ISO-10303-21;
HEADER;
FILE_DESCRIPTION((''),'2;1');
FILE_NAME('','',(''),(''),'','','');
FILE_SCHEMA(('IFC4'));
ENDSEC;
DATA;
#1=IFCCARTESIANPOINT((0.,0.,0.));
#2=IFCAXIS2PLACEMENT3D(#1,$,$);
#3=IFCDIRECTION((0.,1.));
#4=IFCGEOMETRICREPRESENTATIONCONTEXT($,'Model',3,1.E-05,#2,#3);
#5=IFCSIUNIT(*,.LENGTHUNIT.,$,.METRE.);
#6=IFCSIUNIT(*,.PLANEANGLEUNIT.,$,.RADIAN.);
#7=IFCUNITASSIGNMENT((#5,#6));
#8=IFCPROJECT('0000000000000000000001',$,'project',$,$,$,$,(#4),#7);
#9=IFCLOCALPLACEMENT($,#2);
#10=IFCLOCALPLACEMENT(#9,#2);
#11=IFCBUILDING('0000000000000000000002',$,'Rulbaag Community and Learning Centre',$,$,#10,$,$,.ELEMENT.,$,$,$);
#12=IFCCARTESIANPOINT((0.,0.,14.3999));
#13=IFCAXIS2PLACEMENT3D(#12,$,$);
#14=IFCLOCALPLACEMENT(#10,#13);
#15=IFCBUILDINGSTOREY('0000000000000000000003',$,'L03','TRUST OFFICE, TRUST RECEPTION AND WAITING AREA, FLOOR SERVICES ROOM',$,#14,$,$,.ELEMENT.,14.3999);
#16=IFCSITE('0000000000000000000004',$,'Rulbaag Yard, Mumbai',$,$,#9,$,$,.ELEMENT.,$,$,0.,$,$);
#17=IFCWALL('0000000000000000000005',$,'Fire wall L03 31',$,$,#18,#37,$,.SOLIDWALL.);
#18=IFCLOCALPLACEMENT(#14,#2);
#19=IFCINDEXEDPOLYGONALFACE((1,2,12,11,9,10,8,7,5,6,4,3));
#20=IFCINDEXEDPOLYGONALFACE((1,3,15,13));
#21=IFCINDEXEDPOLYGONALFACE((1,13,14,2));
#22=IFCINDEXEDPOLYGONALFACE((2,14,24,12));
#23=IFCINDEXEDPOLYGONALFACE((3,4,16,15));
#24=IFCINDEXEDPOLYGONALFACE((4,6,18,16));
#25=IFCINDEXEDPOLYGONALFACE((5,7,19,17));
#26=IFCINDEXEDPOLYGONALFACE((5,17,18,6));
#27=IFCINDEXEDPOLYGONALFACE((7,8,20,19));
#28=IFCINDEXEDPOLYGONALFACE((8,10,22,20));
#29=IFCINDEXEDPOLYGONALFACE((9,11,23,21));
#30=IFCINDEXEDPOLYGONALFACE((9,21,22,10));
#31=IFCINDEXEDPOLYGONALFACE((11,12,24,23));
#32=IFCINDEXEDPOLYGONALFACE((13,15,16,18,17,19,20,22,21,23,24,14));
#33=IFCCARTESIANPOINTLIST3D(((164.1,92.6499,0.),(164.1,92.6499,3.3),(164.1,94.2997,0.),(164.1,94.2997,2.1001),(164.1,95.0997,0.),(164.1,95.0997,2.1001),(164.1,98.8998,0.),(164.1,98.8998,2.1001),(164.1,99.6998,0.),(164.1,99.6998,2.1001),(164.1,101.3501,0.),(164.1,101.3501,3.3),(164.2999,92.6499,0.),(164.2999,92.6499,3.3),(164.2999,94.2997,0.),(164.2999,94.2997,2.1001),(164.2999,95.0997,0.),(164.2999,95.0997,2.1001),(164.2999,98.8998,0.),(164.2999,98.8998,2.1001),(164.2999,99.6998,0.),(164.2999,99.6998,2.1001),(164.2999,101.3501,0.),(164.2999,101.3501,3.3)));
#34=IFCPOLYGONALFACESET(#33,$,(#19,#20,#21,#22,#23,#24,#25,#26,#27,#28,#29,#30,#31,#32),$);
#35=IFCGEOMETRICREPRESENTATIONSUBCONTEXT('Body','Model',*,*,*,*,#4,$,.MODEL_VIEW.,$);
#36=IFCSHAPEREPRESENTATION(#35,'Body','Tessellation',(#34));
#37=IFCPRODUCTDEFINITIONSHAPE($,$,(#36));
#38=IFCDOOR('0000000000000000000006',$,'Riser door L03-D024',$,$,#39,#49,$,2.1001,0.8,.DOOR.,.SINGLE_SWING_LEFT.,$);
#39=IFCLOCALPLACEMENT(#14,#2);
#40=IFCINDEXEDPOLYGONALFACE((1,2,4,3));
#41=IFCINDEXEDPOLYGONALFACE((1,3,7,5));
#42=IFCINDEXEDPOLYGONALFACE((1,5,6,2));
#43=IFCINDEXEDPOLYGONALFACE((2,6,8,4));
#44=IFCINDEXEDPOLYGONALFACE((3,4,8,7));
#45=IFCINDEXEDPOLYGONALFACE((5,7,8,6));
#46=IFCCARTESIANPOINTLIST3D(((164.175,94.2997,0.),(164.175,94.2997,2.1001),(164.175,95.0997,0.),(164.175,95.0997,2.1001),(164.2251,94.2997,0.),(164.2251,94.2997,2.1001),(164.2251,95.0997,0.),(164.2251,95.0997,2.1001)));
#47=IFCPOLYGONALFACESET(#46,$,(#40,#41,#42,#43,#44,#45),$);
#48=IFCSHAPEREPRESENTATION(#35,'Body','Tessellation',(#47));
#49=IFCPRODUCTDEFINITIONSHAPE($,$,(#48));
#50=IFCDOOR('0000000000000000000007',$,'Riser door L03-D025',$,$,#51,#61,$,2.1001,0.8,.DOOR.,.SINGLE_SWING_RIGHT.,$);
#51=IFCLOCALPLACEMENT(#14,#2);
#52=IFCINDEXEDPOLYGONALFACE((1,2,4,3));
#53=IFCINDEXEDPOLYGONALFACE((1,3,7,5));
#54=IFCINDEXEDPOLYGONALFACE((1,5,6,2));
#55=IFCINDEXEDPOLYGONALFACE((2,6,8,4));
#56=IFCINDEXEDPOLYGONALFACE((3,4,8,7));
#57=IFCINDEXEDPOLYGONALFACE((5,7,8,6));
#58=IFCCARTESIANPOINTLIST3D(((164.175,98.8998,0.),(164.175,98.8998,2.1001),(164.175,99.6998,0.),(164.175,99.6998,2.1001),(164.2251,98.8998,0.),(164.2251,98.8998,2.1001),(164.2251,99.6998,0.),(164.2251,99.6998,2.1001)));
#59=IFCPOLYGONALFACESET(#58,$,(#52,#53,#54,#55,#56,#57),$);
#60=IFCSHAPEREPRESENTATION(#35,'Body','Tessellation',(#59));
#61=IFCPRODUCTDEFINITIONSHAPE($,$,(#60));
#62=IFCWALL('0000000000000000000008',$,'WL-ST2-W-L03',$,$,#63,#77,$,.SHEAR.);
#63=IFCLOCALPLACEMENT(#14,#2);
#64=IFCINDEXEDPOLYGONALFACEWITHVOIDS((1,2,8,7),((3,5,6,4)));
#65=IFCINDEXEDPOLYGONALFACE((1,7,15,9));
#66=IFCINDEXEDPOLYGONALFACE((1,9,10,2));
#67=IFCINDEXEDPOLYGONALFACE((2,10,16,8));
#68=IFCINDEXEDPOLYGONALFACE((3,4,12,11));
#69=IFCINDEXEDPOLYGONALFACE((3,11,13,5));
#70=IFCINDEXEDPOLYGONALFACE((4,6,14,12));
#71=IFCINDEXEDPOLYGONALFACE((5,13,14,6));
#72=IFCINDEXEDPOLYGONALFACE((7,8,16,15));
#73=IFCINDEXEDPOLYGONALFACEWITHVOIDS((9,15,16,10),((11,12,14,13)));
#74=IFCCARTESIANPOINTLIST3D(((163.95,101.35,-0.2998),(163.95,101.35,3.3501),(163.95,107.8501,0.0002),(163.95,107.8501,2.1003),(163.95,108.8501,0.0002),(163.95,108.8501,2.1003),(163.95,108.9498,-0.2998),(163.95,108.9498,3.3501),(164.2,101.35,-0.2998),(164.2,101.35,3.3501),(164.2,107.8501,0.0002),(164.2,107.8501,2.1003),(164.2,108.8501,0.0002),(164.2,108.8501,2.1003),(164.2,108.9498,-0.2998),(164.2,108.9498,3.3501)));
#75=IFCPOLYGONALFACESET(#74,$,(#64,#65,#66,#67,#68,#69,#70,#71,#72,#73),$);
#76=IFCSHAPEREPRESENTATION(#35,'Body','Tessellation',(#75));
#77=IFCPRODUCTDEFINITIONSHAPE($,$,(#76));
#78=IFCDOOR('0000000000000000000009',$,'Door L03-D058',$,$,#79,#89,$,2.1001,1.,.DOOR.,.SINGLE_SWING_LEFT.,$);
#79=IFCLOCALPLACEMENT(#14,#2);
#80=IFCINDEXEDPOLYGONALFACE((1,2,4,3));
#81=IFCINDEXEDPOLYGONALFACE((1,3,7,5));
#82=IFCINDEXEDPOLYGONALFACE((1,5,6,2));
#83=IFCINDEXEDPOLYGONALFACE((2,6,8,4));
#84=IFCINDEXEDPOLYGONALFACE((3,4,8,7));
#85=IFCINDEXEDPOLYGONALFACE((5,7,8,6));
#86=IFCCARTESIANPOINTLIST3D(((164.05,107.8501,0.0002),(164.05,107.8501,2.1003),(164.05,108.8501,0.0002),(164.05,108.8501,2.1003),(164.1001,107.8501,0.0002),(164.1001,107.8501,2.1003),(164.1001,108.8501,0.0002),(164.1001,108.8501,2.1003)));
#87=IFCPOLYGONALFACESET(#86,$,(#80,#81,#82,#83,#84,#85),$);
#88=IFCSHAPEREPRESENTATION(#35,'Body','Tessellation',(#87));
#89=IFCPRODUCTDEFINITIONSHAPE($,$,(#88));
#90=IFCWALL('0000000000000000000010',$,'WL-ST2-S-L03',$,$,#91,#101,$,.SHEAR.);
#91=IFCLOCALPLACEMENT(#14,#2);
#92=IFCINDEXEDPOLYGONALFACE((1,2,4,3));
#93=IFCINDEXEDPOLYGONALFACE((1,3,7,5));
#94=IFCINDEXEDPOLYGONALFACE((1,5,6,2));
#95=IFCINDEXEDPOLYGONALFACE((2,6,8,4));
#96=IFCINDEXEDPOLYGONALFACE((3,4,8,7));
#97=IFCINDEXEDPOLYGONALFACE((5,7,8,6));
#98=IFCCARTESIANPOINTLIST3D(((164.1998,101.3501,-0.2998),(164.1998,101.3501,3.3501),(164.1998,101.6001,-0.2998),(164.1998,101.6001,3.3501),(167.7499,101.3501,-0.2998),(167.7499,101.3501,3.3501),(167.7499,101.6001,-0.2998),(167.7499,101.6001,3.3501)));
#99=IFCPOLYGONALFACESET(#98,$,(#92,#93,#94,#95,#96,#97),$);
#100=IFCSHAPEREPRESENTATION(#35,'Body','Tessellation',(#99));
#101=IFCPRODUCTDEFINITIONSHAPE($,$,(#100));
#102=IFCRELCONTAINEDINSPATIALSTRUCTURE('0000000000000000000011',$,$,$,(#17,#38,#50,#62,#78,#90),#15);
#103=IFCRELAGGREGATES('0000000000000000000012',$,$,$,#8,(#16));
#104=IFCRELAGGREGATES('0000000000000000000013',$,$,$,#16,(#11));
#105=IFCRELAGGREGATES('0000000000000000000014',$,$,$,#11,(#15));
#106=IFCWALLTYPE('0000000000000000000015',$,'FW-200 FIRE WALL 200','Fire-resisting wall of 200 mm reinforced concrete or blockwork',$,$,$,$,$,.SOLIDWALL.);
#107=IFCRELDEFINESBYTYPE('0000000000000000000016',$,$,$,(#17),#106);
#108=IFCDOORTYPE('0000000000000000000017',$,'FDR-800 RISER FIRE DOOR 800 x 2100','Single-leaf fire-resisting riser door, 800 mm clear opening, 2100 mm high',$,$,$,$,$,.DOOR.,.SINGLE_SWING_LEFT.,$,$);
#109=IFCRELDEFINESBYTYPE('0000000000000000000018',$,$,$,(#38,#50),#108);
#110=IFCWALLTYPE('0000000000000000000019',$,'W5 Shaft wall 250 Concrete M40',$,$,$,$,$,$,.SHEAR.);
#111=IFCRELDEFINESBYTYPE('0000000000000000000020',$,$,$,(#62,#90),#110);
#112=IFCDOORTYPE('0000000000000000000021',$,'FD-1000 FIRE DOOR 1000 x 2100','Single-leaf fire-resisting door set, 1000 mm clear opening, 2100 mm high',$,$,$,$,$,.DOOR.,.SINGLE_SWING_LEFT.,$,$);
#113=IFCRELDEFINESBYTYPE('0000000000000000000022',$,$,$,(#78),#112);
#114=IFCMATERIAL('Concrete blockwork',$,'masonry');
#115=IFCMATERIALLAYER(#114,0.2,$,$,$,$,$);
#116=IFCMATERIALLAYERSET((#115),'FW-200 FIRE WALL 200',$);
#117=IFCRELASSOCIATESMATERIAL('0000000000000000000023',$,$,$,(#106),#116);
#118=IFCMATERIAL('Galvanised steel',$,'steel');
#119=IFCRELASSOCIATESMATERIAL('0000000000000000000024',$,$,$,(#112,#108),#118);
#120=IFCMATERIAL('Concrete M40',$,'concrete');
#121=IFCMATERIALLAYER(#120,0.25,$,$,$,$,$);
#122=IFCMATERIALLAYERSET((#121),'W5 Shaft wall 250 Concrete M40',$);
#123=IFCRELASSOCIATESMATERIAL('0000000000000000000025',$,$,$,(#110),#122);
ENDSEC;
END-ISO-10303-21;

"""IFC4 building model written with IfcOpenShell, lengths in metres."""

from ifc_helpers import new_model, si_unit, direction, frame, frame_2d, origin, place, context, subcontext, project, spatial, rectangle, extrude, material, layer, layer_set, type_object, element, fill, save


model = new_model("IFC4")

# Units and contexts
model_context = context("Model", 3, precision=1e-05, world=origin(), true_north=direction((0.0, 1.0)))
body_context = subcontext(model_context, "Body", "Model", "MODEL_VIEW")
ifc_project = project(units=[si_unit("LENGTHUNIT", "METRE"), si_unit("PLANEANGLEUNIT", "RADIAN")], contexts=[model_context])

# Site, building, storey
site_placement = place(None, origin())
site = spatial("IfcSite", under=ifc_project, at=site_placement, Name="Rulbaag Yard, Mumbai", CompositionType="ELEMENT", RefElevation=0.0)
building_placement = place(site_placement, origin())
building = spatial("IfcBuilding", under=site, at=building_placement, Name="Rulbaag Community and Learning Centre", CompositionType="ELEMENT")
storey_placement = place(building_placement, frame((0.0, 0.0, 14.3999)))
storey = spatial("IfcBuildingStorey", under=building, at=storey_placement, Name="L03", Description="TRUST OFFICE, TRUST RECEPTION AND WAITING AREA, FLOOR SERVICES ROOM", CompositionType="ELEMENT", Elevation=14.3999)

# Shared definitions
ifc_material_1 = material(Name="Concrete blockwork", Category="masonry")
ifc_layer_1 = layer(ifc_material_1, 0.2)
ifc_layer_set_1 = layer_set([ifc_layer_1], Name="FW-200 FIRE WALL 200")
wall_type_1 = type_object("IfcWallType", Name="FW-200 FIRE WALL 200", Description="Fire-resisting wall of 200 mm reinforced concrete or blockwork", PredefinedType="SOLIDWALL", material=ifc_layer_set_1)

# Wall, openings, doors
ifc_material_2 = material(Name="Galvanised steel", Category="steel")
door_type_1 = type_object("IfcDoorType", Name="FD-1000 FIRE DOOR 1000 x 2100", Description="Single-leaf fire-resisting door set, 1000 mm clear opening, 2100 mm high", OperationType="SINGLE_SWING_LEFT", PredefinedType="DOOR", material=ifc_material_2)
door_type_2 = type_object("IfcDoorType", Name="FDR-800 RISER FIRE DOOR 800 x 2100", Description="Single-leaf fire-resisting riser door, 800 mm clear opening, 2100 mm high", OperationType="SINGLE_SWING_LEFT", PredefinedType="DOOR", material=ifc_material_2)
wall_1_placement = place(storey_placement, frame((164.2, 92.6499, 0.0), z_axis=(0.0, 0.0, 1.0), x_axis=(0.0, 1.0, 0.0)))
wall_1 = element("IfcWall", 1, at=wall_1_placement, inside=storey, type_object=wall_type_1, Name="Fire wall L03 31", PredefinedType="SOLIDWALL", context=body_context, shape_type="SweptSolid", body=[
    extrude(rectangle(XDim=8.7002, YDim=0.2, at=frame_2d((4.3501, 0.0))), origin(), (0.0, 0.0, 1.0), 3.3),
])
opening_1_placement = place(wall_1_placement, frame((1.6499, 0.0, 0.0)))
opening_1 = element("IfcOpeningElement", 2, at=opening_1_placement, cuts=wall_1, PredefinedType="OPENING", context=body_context, shape_type="SweptSolid", body=[
    extrude(rectangle(XDim=0.8, YDim=2.1001, at=frame_2d((0.3999, 1.05))), frame((0.0, 0.1099, 0.0), z_axis=(0.0, -1.0, 0.0), x_axis=(1.0, 0.0, 0.0)), (0.0, 0.0, 1.0), 0.22),
])
opening_2_placement = place(wall_1_placement, frame((6.25, 0.0, 0.0)))
opening_2 = element("IfcOpeningElement", 3, at=opening_2_placement, cuts=wall_1, PredefinedType="OPENING", context=body_context, shape_type="SweptSolid", body=[
    extrude(rectangle(XDim=0.8, YDim=2.1001, at=frame_2d((0.3999, 1.05))), frame((0.0, 0.1099, 0.0), z_axis=(0.0, -1.0, 0.0), x_axis=(1.0, 0.0, 0.0)), (0.0, 0.0, 1.0), 0.22),
])
door_1_placement = place(opening_1_placement, origin())
door_1 = element("IfcDoor", 4, at=door_1_placement, inside=storey, type_object=door_type_2, Name="Riser door L03-D024", OperationType="SINGLE_SWING_LEFT", OverallHeight=2.1001, OverallWidth=0.8, PredefinedType="DOOR", context=body_context, shape_type="SweptSolid", body=[
    extrude(rectangle(XDim=0.8, YDim=2.1001, at=frame_2d((0.3999, 1.05))), frame((0.0, 0.0249, 0.0), z_axis=(0.0, -1.0, 0.0), x_axis=(1.0, 0.0, 0.0)), (0.0, 0.0, 1.0), 0.05),
])
fill(opening_1, door_1)
door_2_placement = place(opening_2_placement, origin())
door_2 = element("IfcDoor", 5, at=door_2_placement, inside=storey, type_object=door_type_2, Name="Riser door L03-D025", OperationType="SINGLE_SWING_RIGHT", OverallHeight=2.1001, OverallWidth=0.8, PredefinedType="DOOR", context=body_context, shape_type="SweptSolid", body=[
    extrude(rectangle(XDim=0.8, YDim=2.1001, at=frame_2d((0.3999, 1.05))), frame((0.0, 0.0249, 0.0), z_axis=(0.0, -1.0, 0.0), x_axis=(1.0, 0.0, 0.0)), (0.0, 0.0, 1.0), 0.05),
])
fill(opening_2, door_2)

# Wall, opening, door
ifc_material_3 = material(Name="Concrete M40", Category="concrete")
ifc_layer_2 = layer(ifc_material_3, 0.25)
ifc_layer_set_2 = layer_set([ifc_layer_2], Name="W5 Shaft wall 250 Concrete M40")
wall_type_2 = type_object("IfcWallType", Name="W5 Shaft wall 250 Concrete M40", PredefinedType="SHEAR", material=ifc_layer_set_2)
wall_2_placement = place(storey_placement, frame((164.075, 101.3501, -0.2998), z_axis=(0.0, 0.0, 1.0), x_axis=(0.0, 1.0, 0.0)))
wall_2 = element("IfcWall", 6, at=wall_2_placement, inside=storey, type_object=wall_type_2, Name="WL-ST2-W-L03", PredefinedType="SHEAR", context=body_context, shape_type="SweptSolid", body=[
    extrude(rectangle(XDim=7.5999, YDim=0.25, at=frame_2d((3.7998, 0.0))), origin(), (0.0, 0.0, 1.0), 3.6499),
])
opening_3_placement = place(wall_2_placement, frame((6.5, 0.0, 0.3)))
opening_3 = element("IfcOpeningElement", 7, at=opening_3_placement, cuts=wall_2, PredefinedType="OPENING", context=body_context, shape_type="SweptSolid", body=[
    extrude(rectangle(XDim=1.0, YDim=2.1001, at=frame_2d((0.5, 1.05))), frame((0.0, 0.135, 0.0), z_axis=(0.0, -1.0, 0.0), x_axis=(1.0, 0.0, 0.0)), (0.0, 0.0, 1.0), 0.27),
])
door_3_placement = place(opening_3_placement, origin())
door_3 = element("IfcDoor", 8, at=door_3_placement, inside=storey, type_object=door_type_1, Name="Door L03-D058", OperationType="SINGLE_SWING_LEFT", OverallHeight=2.1001, OverallWidth=1.0, PredefinedType="DOOR", context=body_context, shape_type="SweptSolid", body=[
    extrude(rectangle(XDim=1.0, YDim=2.1001, at=frame_2d((0.5, 1.05))), frame((0.0, 0.0249, 0.0), z_axis=(0.0, -1.0, 0.0), x_axis=(1.0, 0.0, 0.0)), (0.0, 0.0, 1.0), 0.05),
])
fill(opening_3, door_3)

# Wall
wall_3_placement = place(storey_placement, frame((164.2, 101.4751, -0.2998), z_axis=(0.0, 0.0, 1.0), x_axis=(1.0, 0.0, 0.0)))
element("IfcWall", 9, at=wall_3_placement, inside=storey, type_object=wall_type_2, Name="WL-ST2-S-L03", PredefinedType="SHEAR", context=body_context, shape_type="SweptSolid", body=[
    extrude(rectangle(XDim=3.55, YDim=0.25, at=frame_2d((1.7749, 0.0))), origin(), (0.0, 0.0, 1.0), 3.6499),
])

save(model, "model.ifc")
